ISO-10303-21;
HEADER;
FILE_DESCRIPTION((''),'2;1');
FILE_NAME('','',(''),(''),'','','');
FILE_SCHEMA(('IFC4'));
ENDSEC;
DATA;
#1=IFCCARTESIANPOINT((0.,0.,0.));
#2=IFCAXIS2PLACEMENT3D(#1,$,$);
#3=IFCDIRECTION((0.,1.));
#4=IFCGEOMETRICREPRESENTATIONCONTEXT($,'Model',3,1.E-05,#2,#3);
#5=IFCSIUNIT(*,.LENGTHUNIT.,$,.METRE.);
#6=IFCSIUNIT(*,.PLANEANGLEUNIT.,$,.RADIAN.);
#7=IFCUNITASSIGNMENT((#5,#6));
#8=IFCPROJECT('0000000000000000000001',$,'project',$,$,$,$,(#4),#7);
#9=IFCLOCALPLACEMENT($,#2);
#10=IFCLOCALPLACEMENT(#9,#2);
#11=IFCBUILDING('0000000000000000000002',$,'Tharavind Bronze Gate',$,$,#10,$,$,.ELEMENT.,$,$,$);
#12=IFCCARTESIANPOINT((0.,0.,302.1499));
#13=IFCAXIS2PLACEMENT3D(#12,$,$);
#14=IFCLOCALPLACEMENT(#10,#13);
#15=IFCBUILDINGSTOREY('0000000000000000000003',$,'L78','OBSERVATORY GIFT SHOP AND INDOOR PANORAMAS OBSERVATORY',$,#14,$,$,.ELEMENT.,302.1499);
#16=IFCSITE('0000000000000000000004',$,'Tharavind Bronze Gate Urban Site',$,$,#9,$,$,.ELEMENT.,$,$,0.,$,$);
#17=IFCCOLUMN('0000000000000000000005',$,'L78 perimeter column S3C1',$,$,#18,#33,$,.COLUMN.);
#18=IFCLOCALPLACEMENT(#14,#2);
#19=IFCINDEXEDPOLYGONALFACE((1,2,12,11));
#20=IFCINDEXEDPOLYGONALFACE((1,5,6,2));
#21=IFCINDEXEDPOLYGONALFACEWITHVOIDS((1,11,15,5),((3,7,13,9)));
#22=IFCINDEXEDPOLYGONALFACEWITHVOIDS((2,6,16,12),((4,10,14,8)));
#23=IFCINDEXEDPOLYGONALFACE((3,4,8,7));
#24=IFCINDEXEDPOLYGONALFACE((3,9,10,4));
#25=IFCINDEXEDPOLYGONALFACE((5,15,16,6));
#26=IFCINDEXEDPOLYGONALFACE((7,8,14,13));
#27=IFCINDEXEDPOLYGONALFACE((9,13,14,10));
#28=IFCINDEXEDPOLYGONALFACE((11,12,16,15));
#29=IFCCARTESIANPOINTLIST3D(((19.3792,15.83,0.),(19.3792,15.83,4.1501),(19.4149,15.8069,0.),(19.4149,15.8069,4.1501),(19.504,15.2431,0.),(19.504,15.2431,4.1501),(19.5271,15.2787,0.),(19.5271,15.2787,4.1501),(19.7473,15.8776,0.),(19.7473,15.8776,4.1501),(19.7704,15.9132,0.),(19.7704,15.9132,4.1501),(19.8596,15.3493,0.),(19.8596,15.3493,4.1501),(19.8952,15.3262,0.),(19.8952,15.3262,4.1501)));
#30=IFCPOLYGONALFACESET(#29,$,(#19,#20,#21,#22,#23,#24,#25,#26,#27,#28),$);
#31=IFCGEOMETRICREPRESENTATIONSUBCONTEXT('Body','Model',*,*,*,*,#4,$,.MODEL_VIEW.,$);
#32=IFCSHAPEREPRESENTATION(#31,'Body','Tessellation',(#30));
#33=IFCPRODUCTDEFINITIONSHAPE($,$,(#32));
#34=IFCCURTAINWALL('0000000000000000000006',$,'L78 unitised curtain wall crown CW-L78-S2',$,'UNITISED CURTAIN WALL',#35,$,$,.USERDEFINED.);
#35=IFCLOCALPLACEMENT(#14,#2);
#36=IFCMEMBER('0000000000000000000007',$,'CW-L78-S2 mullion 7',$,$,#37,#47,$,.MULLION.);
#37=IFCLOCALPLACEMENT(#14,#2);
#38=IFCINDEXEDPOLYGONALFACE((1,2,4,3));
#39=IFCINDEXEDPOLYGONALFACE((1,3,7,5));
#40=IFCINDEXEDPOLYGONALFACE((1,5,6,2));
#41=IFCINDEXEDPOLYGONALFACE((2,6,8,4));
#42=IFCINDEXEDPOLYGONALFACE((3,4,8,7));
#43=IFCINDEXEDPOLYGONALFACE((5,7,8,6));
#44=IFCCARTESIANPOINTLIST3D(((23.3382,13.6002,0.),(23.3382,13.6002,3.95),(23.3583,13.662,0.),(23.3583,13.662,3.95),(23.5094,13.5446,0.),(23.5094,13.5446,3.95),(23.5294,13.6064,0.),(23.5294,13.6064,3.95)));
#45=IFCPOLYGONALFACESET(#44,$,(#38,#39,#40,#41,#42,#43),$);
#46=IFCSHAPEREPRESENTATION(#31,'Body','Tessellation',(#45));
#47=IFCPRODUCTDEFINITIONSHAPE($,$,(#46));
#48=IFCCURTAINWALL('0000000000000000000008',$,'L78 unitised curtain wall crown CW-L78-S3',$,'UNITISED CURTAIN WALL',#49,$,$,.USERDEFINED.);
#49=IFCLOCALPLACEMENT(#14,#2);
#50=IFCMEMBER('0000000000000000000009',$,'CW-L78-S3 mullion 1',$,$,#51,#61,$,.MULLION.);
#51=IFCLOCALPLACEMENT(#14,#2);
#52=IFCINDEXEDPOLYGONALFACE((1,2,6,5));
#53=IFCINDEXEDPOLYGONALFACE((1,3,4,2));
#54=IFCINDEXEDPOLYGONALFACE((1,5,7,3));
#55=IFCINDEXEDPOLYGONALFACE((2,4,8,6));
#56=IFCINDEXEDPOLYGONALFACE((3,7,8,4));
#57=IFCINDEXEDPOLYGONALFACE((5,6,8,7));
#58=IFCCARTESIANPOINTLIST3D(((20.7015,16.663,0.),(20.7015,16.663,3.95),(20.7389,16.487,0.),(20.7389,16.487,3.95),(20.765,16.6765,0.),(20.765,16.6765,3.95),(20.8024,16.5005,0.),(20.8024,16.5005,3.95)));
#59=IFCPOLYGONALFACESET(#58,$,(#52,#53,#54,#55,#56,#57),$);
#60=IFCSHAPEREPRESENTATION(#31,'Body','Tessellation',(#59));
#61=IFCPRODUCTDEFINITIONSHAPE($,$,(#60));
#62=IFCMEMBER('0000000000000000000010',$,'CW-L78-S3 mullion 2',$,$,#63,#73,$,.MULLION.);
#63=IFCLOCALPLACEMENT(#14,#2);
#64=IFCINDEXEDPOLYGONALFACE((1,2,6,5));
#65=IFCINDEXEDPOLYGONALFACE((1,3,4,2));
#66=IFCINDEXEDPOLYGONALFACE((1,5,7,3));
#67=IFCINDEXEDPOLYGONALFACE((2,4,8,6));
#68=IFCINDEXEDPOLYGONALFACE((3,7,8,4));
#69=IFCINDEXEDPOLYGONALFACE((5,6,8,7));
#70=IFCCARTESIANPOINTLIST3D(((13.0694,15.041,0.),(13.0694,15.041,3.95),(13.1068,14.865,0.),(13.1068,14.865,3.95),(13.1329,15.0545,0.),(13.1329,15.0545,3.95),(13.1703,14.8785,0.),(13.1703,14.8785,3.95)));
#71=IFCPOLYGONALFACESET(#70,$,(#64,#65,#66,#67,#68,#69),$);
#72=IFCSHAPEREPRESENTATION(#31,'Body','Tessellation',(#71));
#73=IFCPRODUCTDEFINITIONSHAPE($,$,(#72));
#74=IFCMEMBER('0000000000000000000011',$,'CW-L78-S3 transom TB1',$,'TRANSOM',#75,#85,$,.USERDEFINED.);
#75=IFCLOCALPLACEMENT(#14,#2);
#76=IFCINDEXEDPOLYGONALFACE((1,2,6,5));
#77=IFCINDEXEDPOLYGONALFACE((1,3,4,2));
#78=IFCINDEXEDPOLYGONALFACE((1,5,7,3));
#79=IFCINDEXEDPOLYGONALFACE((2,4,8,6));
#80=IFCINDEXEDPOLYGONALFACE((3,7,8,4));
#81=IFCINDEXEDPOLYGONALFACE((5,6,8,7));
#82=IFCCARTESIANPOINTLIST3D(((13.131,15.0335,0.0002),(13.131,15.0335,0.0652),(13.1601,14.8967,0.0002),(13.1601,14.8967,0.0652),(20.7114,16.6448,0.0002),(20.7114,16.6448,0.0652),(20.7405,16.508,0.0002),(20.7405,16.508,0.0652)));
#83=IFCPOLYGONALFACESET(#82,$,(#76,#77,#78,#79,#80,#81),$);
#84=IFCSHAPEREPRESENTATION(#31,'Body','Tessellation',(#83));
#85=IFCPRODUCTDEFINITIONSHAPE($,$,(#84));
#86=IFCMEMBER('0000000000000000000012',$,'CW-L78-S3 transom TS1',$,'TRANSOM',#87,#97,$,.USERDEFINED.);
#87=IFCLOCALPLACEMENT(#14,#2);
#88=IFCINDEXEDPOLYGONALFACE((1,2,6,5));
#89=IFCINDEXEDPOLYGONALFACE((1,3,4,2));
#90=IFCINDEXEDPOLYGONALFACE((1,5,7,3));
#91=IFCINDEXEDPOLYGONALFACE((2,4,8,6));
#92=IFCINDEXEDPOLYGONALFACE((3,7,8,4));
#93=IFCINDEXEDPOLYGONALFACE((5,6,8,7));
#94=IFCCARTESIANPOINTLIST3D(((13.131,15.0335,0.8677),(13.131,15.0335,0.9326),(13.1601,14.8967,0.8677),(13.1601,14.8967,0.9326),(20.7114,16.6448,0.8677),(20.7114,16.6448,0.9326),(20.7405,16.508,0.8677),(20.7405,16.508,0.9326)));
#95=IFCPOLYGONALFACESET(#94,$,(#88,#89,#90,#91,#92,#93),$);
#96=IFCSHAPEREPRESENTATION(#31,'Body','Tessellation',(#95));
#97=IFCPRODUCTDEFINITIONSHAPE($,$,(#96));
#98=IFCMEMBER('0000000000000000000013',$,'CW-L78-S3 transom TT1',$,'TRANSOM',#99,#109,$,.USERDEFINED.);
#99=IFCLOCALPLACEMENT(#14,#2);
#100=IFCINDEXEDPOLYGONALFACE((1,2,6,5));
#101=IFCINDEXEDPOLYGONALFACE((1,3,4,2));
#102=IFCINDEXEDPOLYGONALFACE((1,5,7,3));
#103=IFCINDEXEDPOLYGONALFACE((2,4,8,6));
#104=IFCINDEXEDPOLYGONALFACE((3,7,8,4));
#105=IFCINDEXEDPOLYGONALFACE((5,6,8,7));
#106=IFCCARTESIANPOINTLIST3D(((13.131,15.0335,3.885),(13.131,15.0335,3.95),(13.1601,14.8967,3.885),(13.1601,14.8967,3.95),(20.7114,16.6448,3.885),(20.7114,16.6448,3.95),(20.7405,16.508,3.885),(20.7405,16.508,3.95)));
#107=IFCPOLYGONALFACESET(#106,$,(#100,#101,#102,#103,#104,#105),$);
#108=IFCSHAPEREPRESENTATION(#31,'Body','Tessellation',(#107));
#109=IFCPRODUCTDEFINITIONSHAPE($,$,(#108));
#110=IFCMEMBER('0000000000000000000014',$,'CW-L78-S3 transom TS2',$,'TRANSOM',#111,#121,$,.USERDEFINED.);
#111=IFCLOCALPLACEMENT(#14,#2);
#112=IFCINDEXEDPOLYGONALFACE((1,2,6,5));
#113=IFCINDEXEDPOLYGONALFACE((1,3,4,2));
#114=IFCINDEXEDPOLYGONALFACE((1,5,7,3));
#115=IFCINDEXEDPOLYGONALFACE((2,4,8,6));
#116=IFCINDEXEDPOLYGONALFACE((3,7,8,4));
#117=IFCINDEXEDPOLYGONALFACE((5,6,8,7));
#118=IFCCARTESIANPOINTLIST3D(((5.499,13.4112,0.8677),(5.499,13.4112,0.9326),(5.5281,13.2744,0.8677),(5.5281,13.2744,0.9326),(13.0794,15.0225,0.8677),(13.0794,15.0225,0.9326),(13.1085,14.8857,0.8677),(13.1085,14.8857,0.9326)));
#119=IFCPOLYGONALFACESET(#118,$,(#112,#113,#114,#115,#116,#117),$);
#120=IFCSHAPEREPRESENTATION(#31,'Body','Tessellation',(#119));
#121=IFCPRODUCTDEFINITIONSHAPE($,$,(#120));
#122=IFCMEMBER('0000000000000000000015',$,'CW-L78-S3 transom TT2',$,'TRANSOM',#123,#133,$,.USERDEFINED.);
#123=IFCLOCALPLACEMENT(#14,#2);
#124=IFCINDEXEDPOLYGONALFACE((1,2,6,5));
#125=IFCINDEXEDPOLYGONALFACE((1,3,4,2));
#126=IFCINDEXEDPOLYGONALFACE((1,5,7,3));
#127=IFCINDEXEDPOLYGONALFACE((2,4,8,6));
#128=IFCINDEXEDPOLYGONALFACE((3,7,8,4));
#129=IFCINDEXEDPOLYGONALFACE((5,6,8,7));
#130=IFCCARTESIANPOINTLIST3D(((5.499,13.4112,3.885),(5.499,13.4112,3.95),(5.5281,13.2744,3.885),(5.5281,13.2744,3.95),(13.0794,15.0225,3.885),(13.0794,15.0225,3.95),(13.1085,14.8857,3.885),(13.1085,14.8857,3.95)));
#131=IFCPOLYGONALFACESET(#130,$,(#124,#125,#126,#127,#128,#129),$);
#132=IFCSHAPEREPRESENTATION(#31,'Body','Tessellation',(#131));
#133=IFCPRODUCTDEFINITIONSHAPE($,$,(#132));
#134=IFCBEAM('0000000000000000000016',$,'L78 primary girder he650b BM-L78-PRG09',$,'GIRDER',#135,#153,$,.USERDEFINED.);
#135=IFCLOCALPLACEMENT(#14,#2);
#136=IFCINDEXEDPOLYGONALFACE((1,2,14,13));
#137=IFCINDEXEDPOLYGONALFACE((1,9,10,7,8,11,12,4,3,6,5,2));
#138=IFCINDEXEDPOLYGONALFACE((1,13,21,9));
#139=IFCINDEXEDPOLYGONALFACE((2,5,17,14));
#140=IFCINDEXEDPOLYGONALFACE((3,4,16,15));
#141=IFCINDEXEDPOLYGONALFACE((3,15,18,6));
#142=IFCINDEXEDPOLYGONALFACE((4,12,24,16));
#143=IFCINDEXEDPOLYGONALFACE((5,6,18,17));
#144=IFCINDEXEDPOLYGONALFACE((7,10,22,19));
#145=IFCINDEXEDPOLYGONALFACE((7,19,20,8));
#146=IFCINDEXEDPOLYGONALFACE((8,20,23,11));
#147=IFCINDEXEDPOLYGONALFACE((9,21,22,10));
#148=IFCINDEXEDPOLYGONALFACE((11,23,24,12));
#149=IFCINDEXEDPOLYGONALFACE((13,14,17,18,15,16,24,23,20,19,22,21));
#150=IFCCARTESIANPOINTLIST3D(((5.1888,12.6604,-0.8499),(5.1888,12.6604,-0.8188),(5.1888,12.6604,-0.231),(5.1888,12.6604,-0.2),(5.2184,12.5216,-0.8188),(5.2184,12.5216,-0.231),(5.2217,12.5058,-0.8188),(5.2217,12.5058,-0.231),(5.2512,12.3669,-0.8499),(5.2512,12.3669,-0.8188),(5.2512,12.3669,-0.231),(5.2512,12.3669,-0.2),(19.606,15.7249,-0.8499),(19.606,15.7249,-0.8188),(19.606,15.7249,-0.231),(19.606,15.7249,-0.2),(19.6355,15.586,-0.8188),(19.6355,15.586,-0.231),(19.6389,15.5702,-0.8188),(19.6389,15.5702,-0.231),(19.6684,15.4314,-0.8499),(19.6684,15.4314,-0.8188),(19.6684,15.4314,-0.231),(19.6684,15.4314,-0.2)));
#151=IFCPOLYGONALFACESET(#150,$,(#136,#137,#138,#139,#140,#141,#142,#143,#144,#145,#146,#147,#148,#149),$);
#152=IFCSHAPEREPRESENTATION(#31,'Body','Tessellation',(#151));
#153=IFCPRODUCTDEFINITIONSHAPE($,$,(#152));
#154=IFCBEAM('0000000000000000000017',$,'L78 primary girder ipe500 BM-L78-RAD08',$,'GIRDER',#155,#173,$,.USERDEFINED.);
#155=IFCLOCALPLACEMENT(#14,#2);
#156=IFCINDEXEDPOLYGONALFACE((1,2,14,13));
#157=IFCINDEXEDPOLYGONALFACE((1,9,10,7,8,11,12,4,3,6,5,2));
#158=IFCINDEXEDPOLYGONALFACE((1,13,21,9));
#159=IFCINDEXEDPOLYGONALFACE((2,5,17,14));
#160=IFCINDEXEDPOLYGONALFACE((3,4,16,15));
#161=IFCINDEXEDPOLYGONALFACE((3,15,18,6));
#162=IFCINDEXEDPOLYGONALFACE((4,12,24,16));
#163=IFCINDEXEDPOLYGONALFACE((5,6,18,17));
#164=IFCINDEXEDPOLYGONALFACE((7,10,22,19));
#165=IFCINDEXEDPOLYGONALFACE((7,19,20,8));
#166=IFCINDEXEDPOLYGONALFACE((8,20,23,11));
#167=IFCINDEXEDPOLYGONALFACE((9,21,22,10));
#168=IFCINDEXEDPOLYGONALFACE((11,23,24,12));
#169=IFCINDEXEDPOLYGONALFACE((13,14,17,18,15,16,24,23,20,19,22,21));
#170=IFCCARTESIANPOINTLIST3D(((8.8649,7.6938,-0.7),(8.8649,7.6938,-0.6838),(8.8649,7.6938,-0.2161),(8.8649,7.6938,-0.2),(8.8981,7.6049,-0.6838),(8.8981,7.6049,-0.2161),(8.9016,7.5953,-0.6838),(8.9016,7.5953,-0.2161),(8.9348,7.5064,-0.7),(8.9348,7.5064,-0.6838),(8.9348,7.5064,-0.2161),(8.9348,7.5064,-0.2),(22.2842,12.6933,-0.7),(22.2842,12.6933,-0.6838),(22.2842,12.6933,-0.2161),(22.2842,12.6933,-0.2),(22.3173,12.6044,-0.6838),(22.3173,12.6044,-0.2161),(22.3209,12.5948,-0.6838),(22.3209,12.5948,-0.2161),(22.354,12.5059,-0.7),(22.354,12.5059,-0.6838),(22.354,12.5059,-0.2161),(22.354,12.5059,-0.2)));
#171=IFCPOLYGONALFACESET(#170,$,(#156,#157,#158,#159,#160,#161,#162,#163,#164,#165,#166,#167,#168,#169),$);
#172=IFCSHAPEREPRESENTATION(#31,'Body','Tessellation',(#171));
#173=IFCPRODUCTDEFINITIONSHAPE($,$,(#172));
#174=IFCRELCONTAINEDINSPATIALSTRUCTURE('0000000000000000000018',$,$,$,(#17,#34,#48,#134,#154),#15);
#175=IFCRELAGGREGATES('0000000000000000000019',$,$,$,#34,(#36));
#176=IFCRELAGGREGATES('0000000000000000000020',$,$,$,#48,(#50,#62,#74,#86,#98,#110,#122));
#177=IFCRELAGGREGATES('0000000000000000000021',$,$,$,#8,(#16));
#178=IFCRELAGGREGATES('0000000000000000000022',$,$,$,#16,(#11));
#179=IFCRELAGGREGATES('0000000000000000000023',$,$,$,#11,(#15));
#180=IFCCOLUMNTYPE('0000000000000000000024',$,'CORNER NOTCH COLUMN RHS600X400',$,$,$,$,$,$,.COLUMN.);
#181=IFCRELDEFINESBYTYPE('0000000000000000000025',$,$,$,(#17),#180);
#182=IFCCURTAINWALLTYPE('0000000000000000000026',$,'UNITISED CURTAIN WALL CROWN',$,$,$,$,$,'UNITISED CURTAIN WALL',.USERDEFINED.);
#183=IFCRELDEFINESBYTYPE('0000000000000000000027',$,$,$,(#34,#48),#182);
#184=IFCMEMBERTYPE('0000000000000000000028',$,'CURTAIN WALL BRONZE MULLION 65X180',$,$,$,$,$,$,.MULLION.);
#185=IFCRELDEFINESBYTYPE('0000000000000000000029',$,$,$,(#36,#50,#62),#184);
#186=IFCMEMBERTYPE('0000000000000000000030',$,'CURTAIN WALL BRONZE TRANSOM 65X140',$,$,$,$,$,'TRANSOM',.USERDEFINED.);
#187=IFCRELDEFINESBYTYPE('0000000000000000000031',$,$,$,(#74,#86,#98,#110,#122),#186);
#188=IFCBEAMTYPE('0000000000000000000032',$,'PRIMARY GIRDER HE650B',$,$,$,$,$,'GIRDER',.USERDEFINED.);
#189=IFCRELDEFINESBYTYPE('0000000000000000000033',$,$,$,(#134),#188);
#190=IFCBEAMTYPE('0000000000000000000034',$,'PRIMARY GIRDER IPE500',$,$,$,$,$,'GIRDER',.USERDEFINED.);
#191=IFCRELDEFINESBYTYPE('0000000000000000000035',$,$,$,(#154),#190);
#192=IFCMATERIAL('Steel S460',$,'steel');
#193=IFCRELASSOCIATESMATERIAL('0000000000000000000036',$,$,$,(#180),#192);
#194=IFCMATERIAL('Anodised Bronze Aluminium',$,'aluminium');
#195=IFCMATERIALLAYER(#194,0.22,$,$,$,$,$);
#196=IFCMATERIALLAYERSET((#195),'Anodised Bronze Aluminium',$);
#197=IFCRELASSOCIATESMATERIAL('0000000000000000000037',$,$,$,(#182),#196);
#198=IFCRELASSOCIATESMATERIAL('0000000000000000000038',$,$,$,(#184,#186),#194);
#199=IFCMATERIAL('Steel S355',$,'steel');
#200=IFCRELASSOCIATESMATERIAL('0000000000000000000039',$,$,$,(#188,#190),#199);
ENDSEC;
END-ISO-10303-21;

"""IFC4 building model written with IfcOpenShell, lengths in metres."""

from ifc_helpers import new_model, si_unit, direction, frame, origin, origin_2d, place, context, subcontext, project, spatial, rectangle, hollow_rectangle, i_section, extrude, material, layer, layer_set, material_profile, profile_set, type_object, element, aggregate, save


model = new_model("IFC4")

# Units and contexts
model_context = context("Model", 3, precision=1e-05, world=origin(), true_north=direction((0.0, 1.0)))
body_context = subcontext(model_context, "Body", "Model", "MODEL_VIEW")
ifc_project = project(units=[si_unit("LENGTHUNIT", "METRE"), si_unit("PLANEANGLEUNIT", "RADIAN")], contexts=[model_context])

# Site, building, storey
site_placement = place(None, origin())
site = spatial("IfcSite", under=ifc_project, at=site_placement, Name="Tharavind Bronze Gate Urban Site", CompositionType="ELEMENT", RefElevation=0.0)
building_placement = place(site_placement, origin())
building = spatial("IfcBuilding", under=site, at=building_placement, Name="Tharavind Bronze Gate", CompositionType="ELEMENT")
storey_placement = place(building_placement, frame((0.0, 0.0, 302.1499)))
storey = spatial("IfcBuildingStorey", under=building, at=storey_placement, Name="L78", Description="OBSERVATORY GIFT SHOP AND INDOOR PANORAMAS OBSERVATORY", CompositionType="ELEMENT", Elevation=302.1499)

# Column
ifc_material_1 = material(Name="Steel S460", Category="steel")
ifc_material_profile_1 = material_profile(ifc_material_1, hollow_rectangle(XDim=0.3999, YDim=0.6001, WallThickness=0.03, at=origin_2d()), Name="RHS600X400X30")
ifc_profile_set_1 = profile_set([ifc_material_profile_1], Name="Steel S460")
column_type = type_object("IfcColumnType", Name="CORNER NOTCH COLUMN RHS600X400", PredefinedType="COLUMN", material=ifc_profile_set_1)
column_placement = place(storey_placement, frame((19.6372, 15.5781, 0.0), z_axis=(0.0, 0.0, 1.0), x_axis=(0.978147, 0.207913, 0.0)))
element("IfcColumn", 1, at=column_placement, inside=storey, type_object=column_type, Name="L78 perimeter column S3C1", PredefinedType="COLUMN", context=body_context, shape_type="SweptSolid", body=[
    extrude(hollow_rectangle(XDim=0.3999, YDim=0.6001, WallThickness=0.03, at=origin_2d()), origin(), (0.0, 0.0, 1.0), 4.1501),
])

# Curtain wall, member
ifc_material_2 = material(Name="Anodised Bronze Aluminium", Category="aluminium")
ifc_layer_1 = layer(ifc_material_2, 0.22)
ifc_layer_set_1 = layer_set([ifc_layer_1], Name="Anodised Bronze Aluminium")
curtain_wall_type = type_object("IfcCurtainWallType", Name="UNITISED CURTAIN WALL CROWN", ElementType="UNITISED CURTAIN WALL", PredefinedType="USERDEFINED", material=ifc_layer_set_1)
curtain_wall_1_placement = place(storey_placement, origin())
curtain_wall_1 = element("IfcCurtainWall", 2, at=curtain_wall_1_placement, inside=storey, type_object=curtain_wall_type, Name="L78 unitised curtain wall crown CW-L78-S2", ObjectType="UNITISED CURTAIN WALL", PredefinedType="USERDEFINED")
member_type_1 = type_object("IfcMemberType", Name="CURTAIN WALL BRONZE MULLION 65X180", PredefinedType="MULLION", material=ifc_material_2)
member_1_placement = place(storey_placement, frame((23.4338, 13.6033, 0.0), z_axis=(0.0, 0.0, 1.0), x_axis=(0.309017, 0.951057, 0.0)))
member_1 = element("IfcMember", 3, at=member_1_placement, type_object=member_type_1, Name="CW-L78-S2 mullion 7", PredefinedType="MULLION", context=body_context, shape_type="SweptSolid", body=[
    extrude(rectangle(XDim=0.0649, YDim=0.1799, at=origin_2d()), origin(), (0.0, 0.0, 1.0), 3.95),
])
aggregate(curtain_wall_1, [member_1])

# Curtain wall, members
curtain_wall_2_placement = place(storey_placement, origin())
curtain_wall_2 = element("IfcCurtainWall", 4, at=curtain_wall_2_placement, inside=storey, type_object=curtain_wall_type, Name="L78 unitised curtain wall crown CW-L78-S3", ObjectType="UNITISED CURTAIN WALL", PredefinedType="USERDEFINED")
member_2_placement = place(storey_placement, frame((20.752, 16.5818, 0.0), z_axis=(0.0, 0.0, 1.0), x_axis=(-0.978147, -0.207913, 0.0)))
member_2 = element("IfcMember", 5, at=member_2_placement, type_object=member_type_1, Name="CW-L78-S3 mullion 1", PredefinedType="MULLION", context=body_context, shape_type="SweptSolid", body=[
    extrude(rectangle(XDim=0.0649, YDim=0.1799, at=origin_2d()), origin(), (0.0, 0.0, 1.0), 3.95),
])
member_3_placement = place(storey_placement, frame((13.1199, 14.9597, 0.0), z_axis=(0.0, 0.0, 1.0), x_axis=(-0.978147, -0.207913, 0.0)))
member_3 = element("IfcMember", 6, at=member_3_placement, type_object=member_type_1, Name="CW-L78-S3 mullion 2", PredefinedType="MULLION", context=body_context, shape_type="SweptSolid", body=[
    extrude(rectangle(XDim=0.0649, YDim=0.1799, at=origin_2d()), origin(), (0.0, 0.0, 1.0), 3.95),
])
member_type_2 = type_object("IfcMemberType", Name="CURTAIN WALL BRONZE TRANSOM 65X140", ElementType="TRANSOM", PredefinedType="USERDEFINED", material=ifc_material_2)
member_4_placement = place(storey_placement, frame((16.9358, 15.7708, 0.0002), z_axis=(0.0, 0.0, 1.0), x_axis=(-0.978147, -0.207913, 0.0)))
member_4 = element("IfcMember", 7, at=member_4_placement, type_object=member_type_2, Name="CW-L78-S3 transom TB1", ObjectType="TRANSOM", PredefinedType="USERDEFINED", context=body_context, shape_type="SweptSolid", body=[
    extrude(rectangle(XDim=7.7498, YDim=0.1399, at=origin_2d()), origin(), (0.0, 0.0, 1.0), 0.0649),
])
member_5_placement = place(storey_placement, frame((16.9358, 15.7708, 0.8677), z_axis=(0.0, 0.0, 1.0), x_axis=(-0.978147, -0.207913, 0.0)))
member_5 = element("IfcMember", 8, at=member_5_placement, type_object=member_type_2, Name="CW-L78-S3 transom TS1", ObjectType="TRANSOM", PredefinedType="USERDEFINED", context=body_context, shape_type="SweptSolid", body=[
    extrude(rectangle(XDim=7.7498, YDim=0.1399, at=origin_2d()), origin(), (0.0, 0.0, 1.0), 0.0649),
])
member_6_placement = place(storey_placement, frame((16.9358, 15.7708, 3.885), z_axis=(0.0, 0.0, 1.0), x_axis=(-0.978147, -0.207913, 0.0)))
member_6 = element("IfcMember", 9, at=member_6_placement, type_object=member_type_2, Name="CW-L78-S3 transom TT1", ObjectType="TRANSOM", PredefinedType="USERDEFINED", context=body_context, shape_type="SweptSolid", body=[
    extrude(rectangle(XDim=7.7498, YDim=0.1399, at=origin_2d()), origin(), (0.0, 0.0, 1.0), 0.0649),
])
member_7_placement = place(storey_placement, frame((9.3037, 14.1484, 0.8677), z_axis=(0.0, 0.0, 1.0), x_axis=(-0.978147, -0.207913, 0.0)))
member_7 = element("IfcMember", 10, at=member_7_placement, type_object=member_type_2, Name="CW-L78-S3 transom TS2", ObjectType="TRANSOM", PredefinedType="USERDEFINED", context=body_context, shape_type="SweptSolid", body=[
    extrude(rectangle(XDim=7.7498, YDim=0.1399, at=origin_2d()), origin(), (0.0, 0.0, 1.0), 0.0649),
])
member_8_placement = place(storey_placement, frame((9.3037, 14.1484, 3.885), z_axis=(0.0, 0.0, 1.0), x_axis=(-0.978147, -0.207913, 0.0)))
member_8 = element("IfcMember", 11, at=member_8_placement, type_object=member_type_2, Name="CW-L78-S3 transom TT2", ObjectType="TRANSOM", PredefinedType="USERDEFINED", context=body_context, shape_type="SweptSolid", body=[
    extrude(rectangle(XDim=7.7498, YDim=0.1399, at=origin_2d()), origin(), (0.0, 0.0, 1.0), 0.0649),
])

# Beams
ifc_material_3 = material(Name="Steel S355", Category="steel")
ifc_material_profile_2 = material_profile(ifc_material_3, i_section(OverallWidth=0.3, OverallDepth=0.6499, WebThickness=0.0161, FlangeThickness=0.031, at=origin_2d()), Name="HE650B")
ifc_profile_set_2 = profile_set([ifc_material_profile_2], Name="Steel S355")
beam_type_1 = type_object("IfcBeamType", Name="PRIMARY GIRDER HE650B", ElementType="GIRDER", PredefinedType="USERDEFINED", material=ifc_profile_set_2)
beam_1_placement = place(storey_placement, frame((19.6372, 15.5781, -0.5249), z_axis=(-0.978148, -0.20791, 0.0), x_axis=(0.20791, -0.978148, 0.0)))
element("IfcBeam", 12, at=beam_1_placement, inside=storey, type_object=beam_type_1, Name="L78 primary girder he650b BM-L78-PRG09", ObjectType="GIRDER", PredefinedType="USERDEFINED", context=body_context, shape_type="SweptSolid", body=[
    extrude(i_section(OverallWidth=0.3, OverallDepth=0.6499, WebThickness=0.0161, FlangeThickness=0.031, at=origin_2d()), origin(), (0.0, 0.0, 1.0), 14.7393),
])
ifc_material_profile_3 = material_profile(ifc_material_3, i_section(OverallWidth=0.2, OverallDepth=0.5, WebThickness=0.0103, FlangeThickness=0.0161, at=origin_2d()), Name="IPE500")
ifc_profile_set_3 = profile_set([ifc_material_profile_3], Name="Steel S355")
beam_type_2 = type_object("IfcBeamType", Name="PRIMARY GIRDER IPE500", ElementType="GIRDER", PredefinedType="USERDEFINED", material=ifc_profile_set_3)
beam_2_placement = place(storey_placement, frame((22.3191, 12.5996, -0.45), z_axis=(-0.937077, -0.349122, 0.0), x_axis=(0.349122, -0.937077, 0.0)))
element("IfcBeam", 13, at=beam_2_placement, inside=storey, type_object=beam_type_2, Name="L78 primary girder ipe500 BM-L78-RAD08", ObjectType="GIRDER", PredefinedType="USERDEFINED", context=body_context, shape_type="SweptSolid", body=[
    extrude(i_section(OverallWidth=0.2, OverallDepth=0.5, WebThickness=0.0103, FlangeThickness=0.0161, at=origin_2d()), origin(), (0.0, 0.0, 1.0), 14.3203),
])

aggregate(curtain_wall_2, [member_2, member_3, member_4, member_5, member_6, member_7, member_8])

save(model, "model.ifc")
